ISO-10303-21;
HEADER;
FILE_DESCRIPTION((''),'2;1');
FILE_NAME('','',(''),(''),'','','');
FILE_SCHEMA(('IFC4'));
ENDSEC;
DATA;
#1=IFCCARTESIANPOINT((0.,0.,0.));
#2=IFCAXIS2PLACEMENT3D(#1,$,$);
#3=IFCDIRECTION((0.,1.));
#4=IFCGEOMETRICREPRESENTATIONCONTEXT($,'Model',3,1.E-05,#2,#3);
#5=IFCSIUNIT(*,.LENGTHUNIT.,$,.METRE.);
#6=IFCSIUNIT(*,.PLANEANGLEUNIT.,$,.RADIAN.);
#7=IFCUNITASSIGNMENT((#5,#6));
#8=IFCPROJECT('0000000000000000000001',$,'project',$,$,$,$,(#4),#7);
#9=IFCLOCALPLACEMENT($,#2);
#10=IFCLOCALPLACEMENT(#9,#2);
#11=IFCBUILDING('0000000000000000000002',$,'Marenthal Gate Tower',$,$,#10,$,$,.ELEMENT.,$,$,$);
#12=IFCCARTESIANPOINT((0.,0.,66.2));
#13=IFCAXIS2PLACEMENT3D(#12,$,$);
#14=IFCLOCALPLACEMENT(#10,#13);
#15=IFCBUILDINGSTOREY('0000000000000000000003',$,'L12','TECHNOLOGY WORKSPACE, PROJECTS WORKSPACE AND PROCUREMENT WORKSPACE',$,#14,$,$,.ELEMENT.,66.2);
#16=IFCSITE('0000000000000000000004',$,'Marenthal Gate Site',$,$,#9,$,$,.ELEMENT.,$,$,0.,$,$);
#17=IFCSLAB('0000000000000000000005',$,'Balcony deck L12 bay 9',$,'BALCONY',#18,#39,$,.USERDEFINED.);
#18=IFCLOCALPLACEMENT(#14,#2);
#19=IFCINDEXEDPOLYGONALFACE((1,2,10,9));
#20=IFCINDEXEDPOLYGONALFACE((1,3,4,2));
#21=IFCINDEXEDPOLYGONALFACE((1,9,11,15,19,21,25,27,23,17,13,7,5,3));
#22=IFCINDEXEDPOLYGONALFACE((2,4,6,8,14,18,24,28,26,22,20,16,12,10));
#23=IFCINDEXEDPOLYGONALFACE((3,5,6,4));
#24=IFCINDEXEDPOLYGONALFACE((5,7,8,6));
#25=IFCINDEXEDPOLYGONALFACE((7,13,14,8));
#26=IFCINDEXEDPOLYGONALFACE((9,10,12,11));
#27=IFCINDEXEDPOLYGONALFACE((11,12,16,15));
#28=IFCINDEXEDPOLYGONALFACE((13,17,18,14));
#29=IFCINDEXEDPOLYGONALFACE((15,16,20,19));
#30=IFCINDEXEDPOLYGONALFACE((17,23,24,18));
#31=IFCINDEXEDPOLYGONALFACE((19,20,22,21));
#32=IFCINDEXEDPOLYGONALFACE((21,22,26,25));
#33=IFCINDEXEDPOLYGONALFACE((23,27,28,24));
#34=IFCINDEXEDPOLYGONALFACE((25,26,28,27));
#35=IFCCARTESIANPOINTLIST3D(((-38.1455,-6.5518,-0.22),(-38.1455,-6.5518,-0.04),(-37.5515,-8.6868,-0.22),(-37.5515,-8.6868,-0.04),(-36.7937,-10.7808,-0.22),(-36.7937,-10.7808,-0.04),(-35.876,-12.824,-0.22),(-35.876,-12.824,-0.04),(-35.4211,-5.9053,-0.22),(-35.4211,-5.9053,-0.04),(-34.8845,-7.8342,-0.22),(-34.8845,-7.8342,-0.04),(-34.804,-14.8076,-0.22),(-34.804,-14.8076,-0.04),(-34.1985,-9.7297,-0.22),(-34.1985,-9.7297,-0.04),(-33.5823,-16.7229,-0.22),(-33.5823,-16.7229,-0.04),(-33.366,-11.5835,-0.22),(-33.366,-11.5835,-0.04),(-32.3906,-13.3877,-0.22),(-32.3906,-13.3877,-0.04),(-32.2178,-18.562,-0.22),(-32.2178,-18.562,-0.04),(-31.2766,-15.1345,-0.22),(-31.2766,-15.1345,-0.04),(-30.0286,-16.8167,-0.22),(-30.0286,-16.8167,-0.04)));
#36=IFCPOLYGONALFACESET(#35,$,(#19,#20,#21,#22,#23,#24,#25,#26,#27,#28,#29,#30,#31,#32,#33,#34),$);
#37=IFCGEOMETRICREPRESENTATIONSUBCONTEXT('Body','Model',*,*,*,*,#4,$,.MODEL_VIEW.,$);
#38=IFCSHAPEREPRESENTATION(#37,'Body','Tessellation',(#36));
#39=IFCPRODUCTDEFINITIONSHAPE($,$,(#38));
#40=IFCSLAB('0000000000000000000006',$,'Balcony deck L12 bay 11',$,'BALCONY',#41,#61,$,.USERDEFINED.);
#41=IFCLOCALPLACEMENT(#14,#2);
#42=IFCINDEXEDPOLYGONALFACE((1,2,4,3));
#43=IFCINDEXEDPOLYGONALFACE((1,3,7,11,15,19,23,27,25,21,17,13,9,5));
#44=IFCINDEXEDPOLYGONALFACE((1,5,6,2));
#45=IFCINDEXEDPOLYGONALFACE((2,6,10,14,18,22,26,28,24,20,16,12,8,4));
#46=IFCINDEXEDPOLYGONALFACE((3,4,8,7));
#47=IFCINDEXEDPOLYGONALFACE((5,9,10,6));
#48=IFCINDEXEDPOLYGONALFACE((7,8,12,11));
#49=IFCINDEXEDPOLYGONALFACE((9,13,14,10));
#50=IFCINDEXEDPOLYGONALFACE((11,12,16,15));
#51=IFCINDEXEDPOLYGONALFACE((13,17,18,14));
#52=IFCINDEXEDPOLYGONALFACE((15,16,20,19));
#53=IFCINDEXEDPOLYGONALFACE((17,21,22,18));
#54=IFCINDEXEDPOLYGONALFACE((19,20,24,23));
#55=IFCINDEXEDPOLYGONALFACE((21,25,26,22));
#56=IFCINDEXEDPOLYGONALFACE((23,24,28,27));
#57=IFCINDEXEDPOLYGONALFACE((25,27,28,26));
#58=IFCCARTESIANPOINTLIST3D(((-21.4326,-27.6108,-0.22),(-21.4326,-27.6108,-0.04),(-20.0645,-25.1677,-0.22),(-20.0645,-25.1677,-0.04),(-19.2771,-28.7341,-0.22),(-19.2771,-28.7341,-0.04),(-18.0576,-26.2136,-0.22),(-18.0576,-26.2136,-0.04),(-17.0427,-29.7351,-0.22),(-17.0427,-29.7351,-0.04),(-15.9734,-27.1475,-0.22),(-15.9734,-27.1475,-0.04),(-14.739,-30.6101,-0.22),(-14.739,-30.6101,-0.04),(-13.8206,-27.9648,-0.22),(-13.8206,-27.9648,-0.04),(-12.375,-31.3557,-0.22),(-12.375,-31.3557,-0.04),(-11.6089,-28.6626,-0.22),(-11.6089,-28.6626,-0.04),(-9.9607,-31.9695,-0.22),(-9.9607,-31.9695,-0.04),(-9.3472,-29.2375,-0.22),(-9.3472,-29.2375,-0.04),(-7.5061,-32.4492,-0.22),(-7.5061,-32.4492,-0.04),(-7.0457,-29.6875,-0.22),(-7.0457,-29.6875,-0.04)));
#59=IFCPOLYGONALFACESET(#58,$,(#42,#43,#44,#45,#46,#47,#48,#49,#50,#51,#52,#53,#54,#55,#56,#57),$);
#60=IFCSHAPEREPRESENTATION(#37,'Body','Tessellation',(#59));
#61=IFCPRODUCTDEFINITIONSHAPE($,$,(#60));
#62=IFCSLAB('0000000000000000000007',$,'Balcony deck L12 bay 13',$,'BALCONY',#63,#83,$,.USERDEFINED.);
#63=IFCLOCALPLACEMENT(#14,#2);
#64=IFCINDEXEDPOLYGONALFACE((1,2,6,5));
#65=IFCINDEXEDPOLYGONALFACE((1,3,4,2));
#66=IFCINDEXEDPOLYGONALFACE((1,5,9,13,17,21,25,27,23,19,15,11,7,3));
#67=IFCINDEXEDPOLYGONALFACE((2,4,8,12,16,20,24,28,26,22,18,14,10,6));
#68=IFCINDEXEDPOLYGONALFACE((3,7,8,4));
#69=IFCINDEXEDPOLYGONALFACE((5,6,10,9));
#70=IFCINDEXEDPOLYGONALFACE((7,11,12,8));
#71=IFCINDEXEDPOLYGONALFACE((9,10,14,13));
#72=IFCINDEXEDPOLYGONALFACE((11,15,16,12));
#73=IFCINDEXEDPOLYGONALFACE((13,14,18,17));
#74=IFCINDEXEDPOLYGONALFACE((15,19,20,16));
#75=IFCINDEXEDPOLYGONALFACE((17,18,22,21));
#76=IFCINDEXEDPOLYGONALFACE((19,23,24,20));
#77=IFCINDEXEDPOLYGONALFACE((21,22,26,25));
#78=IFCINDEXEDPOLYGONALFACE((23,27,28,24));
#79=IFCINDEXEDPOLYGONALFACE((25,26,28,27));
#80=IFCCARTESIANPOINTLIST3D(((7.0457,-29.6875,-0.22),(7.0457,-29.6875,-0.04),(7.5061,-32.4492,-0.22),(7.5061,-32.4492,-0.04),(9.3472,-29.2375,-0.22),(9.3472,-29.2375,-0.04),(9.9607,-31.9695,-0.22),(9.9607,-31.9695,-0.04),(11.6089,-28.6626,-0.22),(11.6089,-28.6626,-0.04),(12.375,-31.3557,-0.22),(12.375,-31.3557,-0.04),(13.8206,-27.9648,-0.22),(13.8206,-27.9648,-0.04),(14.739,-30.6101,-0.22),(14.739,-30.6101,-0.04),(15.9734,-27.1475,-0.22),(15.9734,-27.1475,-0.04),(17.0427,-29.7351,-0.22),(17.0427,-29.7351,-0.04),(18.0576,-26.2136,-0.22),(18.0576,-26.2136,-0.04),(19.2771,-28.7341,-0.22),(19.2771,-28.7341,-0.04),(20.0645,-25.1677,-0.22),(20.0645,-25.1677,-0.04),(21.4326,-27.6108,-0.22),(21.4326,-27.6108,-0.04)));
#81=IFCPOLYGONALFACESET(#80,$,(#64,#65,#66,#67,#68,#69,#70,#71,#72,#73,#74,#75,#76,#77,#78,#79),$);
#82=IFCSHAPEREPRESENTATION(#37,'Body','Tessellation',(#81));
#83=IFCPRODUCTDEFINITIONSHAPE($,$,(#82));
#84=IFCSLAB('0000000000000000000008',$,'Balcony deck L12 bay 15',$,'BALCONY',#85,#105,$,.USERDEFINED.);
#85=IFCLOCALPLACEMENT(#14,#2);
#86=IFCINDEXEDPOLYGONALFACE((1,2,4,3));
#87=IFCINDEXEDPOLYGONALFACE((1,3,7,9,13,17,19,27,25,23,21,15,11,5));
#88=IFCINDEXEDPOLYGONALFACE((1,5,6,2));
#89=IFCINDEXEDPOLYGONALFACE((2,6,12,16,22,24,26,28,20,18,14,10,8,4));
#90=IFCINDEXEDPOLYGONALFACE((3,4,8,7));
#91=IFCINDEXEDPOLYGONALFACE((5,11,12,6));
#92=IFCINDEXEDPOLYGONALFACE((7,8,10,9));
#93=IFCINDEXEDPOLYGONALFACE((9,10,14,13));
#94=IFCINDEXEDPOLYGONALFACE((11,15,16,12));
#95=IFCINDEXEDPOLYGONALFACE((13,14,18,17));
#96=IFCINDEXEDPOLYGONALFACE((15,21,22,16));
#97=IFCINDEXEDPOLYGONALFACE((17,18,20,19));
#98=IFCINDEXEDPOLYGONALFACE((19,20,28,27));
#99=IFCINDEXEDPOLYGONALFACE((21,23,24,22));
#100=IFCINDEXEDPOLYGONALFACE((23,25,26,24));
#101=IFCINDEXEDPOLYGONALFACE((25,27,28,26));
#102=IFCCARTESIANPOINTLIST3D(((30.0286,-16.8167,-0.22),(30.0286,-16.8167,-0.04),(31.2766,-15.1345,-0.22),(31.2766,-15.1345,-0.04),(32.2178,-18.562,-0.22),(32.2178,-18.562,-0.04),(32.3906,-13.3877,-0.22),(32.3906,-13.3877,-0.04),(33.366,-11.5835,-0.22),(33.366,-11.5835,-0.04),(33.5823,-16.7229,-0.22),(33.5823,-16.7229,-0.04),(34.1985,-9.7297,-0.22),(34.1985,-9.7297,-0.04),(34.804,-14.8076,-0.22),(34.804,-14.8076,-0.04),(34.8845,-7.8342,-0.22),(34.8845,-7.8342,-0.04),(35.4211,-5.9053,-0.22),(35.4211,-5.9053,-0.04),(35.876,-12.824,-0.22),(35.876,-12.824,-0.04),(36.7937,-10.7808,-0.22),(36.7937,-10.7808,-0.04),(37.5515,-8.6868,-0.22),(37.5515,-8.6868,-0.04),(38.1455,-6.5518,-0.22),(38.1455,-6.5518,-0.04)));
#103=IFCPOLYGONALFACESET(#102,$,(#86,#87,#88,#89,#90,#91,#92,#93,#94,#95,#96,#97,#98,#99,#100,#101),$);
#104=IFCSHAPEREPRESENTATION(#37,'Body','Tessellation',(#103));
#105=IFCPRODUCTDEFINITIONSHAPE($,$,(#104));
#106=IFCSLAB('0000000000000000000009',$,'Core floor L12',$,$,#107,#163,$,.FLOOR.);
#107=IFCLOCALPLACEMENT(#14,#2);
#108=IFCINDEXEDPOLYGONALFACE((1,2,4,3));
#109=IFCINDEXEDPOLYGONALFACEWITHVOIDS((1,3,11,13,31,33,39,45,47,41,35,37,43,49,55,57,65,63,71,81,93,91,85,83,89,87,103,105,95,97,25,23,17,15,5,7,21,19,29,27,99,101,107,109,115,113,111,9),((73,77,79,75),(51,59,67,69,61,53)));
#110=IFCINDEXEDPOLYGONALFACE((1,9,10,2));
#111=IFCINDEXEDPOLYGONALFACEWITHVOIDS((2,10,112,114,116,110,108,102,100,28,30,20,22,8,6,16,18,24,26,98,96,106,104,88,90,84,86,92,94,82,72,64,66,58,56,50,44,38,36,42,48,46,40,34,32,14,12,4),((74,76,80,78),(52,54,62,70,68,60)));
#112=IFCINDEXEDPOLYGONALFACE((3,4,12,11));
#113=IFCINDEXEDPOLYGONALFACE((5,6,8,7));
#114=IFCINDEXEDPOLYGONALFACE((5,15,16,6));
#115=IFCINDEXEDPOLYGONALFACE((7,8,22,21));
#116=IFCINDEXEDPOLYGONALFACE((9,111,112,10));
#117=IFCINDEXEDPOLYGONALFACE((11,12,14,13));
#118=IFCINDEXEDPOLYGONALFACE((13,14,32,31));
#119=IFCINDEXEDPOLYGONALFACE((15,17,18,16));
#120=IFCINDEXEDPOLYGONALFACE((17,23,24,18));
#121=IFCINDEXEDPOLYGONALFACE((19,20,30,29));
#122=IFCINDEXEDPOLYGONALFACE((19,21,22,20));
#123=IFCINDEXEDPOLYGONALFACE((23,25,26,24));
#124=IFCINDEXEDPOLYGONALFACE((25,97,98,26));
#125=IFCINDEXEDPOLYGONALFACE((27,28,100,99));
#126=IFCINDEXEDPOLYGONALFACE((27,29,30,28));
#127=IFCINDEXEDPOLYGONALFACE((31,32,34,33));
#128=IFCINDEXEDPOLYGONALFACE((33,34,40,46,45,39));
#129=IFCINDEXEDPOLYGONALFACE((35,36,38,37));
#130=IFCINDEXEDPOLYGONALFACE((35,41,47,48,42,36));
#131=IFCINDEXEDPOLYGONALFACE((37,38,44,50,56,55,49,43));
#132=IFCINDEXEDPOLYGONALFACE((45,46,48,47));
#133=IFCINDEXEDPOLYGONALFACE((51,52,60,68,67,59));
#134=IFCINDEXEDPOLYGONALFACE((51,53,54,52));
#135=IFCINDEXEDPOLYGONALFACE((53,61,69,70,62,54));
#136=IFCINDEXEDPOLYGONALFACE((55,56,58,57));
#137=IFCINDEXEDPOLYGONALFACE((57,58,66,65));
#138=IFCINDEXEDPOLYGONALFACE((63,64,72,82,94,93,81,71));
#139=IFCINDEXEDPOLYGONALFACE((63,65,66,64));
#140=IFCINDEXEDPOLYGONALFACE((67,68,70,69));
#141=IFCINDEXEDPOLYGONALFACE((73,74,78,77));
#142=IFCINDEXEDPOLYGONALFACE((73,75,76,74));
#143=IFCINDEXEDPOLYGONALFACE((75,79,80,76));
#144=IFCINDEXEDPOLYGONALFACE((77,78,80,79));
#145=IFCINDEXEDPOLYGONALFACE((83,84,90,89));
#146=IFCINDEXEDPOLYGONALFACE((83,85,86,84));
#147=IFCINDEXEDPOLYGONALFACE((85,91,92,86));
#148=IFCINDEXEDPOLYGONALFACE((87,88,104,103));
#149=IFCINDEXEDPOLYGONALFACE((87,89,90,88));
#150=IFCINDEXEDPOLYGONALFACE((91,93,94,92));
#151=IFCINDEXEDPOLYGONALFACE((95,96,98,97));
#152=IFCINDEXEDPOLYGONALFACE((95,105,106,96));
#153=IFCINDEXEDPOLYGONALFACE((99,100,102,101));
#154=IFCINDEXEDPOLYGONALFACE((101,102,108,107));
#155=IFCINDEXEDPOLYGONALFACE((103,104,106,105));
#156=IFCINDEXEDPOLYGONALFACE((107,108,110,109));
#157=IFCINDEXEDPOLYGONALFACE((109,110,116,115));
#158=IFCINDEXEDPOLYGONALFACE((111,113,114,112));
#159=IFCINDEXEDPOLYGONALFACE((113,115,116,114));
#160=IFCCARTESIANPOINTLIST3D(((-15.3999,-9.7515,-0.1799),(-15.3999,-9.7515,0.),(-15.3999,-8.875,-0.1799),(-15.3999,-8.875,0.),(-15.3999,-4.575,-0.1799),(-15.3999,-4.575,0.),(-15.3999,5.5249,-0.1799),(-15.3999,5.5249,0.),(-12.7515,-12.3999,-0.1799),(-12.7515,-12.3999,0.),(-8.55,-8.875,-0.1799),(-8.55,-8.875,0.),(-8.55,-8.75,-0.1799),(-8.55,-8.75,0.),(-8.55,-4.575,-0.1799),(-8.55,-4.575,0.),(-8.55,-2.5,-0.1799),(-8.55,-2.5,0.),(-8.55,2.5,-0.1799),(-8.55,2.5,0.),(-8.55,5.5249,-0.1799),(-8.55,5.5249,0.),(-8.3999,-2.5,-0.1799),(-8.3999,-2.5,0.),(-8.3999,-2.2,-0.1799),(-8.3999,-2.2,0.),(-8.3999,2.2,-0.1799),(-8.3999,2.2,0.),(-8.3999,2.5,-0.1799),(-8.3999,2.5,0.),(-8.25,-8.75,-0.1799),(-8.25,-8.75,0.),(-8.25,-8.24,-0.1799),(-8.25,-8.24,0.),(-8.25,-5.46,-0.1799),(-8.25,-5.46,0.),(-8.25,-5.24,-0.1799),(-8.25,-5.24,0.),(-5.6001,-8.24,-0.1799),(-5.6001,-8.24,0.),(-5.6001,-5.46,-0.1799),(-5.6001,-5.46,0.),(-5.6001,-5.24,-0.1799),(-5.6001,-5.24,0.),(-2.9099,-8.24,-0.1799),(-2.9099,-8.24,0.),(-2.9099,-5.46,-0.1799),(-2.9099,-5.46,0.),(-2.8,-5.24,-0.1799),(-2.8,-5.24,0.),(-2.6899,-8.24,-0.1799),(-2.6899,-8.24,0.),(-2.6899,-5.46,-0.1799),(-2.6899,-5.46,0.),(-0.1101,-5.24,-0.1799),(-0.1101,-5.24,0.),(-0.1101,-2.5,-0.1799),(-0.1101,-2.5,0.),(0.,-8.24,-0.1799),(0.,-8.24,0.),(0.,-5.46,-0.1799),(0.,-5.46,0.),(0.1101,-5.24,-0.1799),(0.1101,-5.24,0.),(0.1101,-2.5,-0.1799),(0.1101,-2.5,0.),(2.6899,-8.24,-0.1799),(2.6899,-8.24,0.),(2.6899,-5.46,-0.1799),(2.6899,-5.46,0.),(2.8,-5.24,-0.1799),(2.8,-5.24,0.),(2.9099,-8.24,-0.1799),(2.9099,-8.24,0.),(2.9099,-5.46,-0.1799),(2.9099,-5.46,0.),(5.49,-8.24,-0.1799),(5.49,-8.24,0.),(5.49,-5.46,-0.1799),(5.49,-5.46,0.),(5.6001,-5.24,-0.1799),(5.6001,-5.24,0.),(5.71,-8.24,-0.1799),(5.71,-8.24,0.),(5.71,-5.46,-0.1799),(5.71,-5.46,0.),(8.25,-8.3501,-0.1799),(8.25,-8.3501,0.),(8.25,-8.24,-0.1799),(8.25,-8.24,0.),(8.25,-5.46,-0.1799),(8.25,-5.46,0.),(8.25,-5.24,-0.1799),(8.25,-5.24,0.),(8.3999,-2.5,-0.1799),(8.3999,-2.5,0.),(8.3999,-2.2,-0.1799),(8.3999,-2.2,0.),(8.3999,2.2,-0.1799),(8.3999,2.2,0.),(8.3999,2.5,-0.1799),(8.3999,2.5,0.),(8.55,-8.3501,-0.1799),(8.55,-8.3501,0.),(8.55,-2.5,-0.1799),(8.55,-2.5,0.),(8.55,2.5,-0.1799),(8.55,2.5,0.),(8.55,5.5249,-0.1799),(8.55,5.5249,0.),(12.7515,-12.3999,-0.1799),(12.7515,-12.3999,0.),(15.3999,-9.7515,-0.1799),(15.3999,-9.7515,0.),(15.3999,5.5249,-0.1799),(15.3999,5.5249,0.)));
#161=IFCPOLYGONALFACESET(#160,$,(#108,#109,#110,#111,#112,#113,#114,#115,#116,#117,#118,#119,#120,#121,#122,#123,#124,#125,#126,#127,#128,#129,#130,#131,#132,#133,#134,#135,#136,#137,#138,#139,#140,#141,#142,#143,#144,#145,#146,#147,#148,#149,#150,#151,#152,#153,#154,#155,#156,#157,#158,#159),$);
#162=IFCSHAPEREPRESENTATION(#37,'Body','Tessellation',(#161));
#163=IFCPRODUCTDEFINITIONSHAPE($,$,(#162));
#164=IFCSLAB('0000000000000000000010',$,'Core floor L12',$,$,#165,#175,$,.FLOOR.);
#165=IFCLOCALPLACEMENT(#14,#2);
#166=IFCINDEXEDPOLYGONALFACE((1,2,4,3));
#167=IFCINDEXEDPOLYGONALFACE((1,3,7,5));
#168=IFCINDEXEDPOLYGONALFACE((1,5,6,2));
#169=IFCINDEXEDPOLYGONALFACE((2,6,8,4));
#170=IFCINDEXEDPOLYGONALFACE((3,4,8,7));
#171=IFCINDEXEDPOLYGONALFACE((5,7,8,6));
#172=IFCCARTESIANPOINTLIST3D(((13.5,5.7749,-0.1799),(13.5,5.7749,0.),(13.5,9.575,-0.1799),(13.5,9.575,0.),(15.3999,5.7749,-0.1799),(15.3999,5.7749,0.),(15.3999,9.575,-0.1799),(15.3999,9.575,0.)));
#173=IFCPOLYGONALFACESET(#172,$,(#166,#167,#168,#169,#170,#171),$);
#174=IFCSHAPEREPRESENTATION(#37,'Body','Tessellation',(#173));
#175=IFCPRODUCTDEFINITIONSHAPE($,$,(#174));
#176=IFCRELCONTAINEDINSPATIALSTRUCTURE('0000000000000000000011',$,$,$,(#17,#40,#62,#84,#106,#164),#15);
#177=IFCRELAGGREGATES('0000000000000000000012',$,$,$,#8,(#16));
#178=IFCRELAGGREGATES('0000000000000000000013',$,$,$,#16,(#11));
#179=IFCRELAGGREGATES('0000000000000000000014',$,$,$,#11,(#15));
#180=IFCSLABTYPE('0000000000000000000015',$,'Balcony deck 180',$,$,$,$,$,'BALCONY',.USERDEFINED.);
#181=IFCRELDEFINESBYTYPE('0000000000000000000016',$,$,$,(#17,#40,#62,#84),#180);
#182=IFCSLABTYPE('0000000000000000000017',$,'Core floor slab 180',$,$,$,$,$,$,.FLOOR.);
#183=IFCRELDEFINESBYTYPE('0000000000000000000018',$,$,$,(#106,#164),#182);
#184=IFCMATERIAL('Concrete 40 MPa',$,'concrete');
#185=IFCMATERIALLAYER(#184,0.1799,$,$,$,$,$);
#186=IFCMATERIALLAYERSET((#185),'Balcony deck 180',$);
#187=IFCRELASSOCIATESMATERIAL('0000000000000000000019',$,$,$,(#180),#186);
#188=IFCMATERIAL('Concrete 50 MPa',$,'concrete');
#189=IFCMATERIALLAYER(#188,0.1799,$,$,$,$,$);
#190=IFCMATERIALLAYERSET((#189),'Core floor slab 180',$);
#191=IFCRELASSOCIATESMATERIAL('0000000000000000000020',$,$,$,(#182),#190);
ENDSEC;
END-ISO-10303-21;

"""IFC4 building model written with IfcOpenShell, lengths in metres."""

from ifc_helpers import new_model, si_unit, direction, frame, origin, place, context, subcontext, project, spatial, polyline, outline, extrude, material, layer, layer_set, type_object, element, save


model = new_model("IFC4")

# Units and contexts
model_context = context("Model", 3, precision=1e-05, world=origin(), true_north=direction((0.0, 1.0)))
body_context = subcontext(model_context, "Body", "Model", "MODEL_VIEW")
ifc_project = project(units=[si_unit("LENGTHUNIT", "METRE"), si_unit("PLANEANGLEUNIT", "RADIAN")], contexts=[model_context])

# Site, building, storey
site_placement = place(None, origin())
site = spatial("IfcSite", under=ifc_project, at=site_placement, Name="Marenthal Gate Site", CompositionType="ELEMENT", RefElevation=0.0)
building_placement = place(site_placement, origin())
building = spatial("IfcBuilding", under=site, at=building_placement, Name="Marenthal Gate Tower", CompositionType="ELEMENT")
storey_placement = place(building_placement, frame((0.0, 0.0, 66.2)))
storey = spatial("IfcBuildingStorey", under=building, at=storey_placement, Name="L12", Description="TECHNOLOGY WORKSPACE, PROJECTS WORKSPACE AND PROCUREMENT WORKSPACE", CompositionType="ELEMENT", Elevation=66.2)

# Slabs
ifc_material_1 = material(Name="Concrete 40 MPa", Category="concrete")
ifc_layer_1 = layer(ifc_material_1, 0.1799)
ifc_layer_set_1 = layer_set([ifc_layer_1], Name="Balcony deck 180")
slab_type_1 = type_object("IfcSlabType", Name="Balcony deck 180", ElementType="BALCONY", PredefinedType="USERDEFINED", material=ifc_layer_set_1)
slab_1_placement = place(storey_placement, frame((0.0, 0.0, -0.22)))
element("IfcSlab", 1, at=slab_1_placement, inside=storey, type_object=slab_type_1, Name="Balcony deck L12 bay 9", ObjectType="BALCONY", PredefinedType="USERDEFINED", context=body_context, shape_type="SweptSolid", body=[
    extrude(outline(polyline([(-35.4211, -5.9053), (-34.8845, -7.8342), (-34.1985, -9.7297), (-33.366, -11.5835), (-32.3906, -13.3877), (-31.2766, -15.1345), (-30.0286, -16.8167), (-32.2178, -18.562), (-33.5823, -16.7229), (-34.804, -14.8076), (-35.876, -12.824), (-36.7937, -10.7808), (-37.5515, -8.6868), (-38.1455, -6.5518), (-35.4211, -5.9053)])), origin(), (0.0, 0.0, 1.0), 0.1799),
])
slab_2_placement = place(storey_placement, frame((0.0, 0.0, -0.22)))
element("IfcSlab", 2, at=slab_2_placement, inside=storey, type_object=slab_type_1, Name="Balcony deck L12 bay 11", ObjectType="BALCONY", PredefinedType="USERDEFINED", context=body_context, shape_type="SweptSolid", body=[
    extrude(outline(polyline([(-20.0645, -25.1677), (-18.0576, -26.2136), (-15.9734, -27.1475), (-13.8206, -27.9648), (-11.6089, -28.6626), (-9.3472, -29.2375), (-7.0457, -29.6875), (-7.5061, -32.4492), (-9.9607, -31.9695), (-12.375, -31.3557), (-14.739, -30.6101), (-17.0427, -29.7351), (-19.2771, -28.7341), (-21.4326, -27.6108), (-20.0645, -25.1677)])), origin(), (0.0, 0.0, 1.0), 0.1799),
])
slab_3_placement = place(storey_placement, frame((0.0, 0.0, -0.22)))
element("IfcSlab", 3, at=slab_3_placement, inside=storey, type_object=slab_type_1, Name="Balcony deck L12 bay 13", ObjectType="BALCONY", PredefinedType="USERDEFINED", context=body_context, shape_type="SweptSolid", body=[
    extrude(outline(polyline([(7.0457, -29.6875), (9.3472, -29.2375), (11.6089, -28.6626), (13.8206, -27.9648), (15.9734, -27.1475), (18.0576, -26.2136), (20.0645, -25.1677), (21.4326, -27.6108), (19.2771, -28.7341), (17.0427, -29.7351), (14.739, -30.6101), (12.375, -31.3557), (9.9607, -31.9695), (7.5061, -32.4492), (7.0457, -29.6875)])), origin(), (0.0, 0.0, 1.0), 0.1799),
])
slab_4_placement = place(storey_placement, frame((0.0, 0.0, -0.22)))
element("IfcSlab", 4, at=slab_4_placement, inside=storey, type_object=slab_type_1, Name="Balcony deck L12 bay 15", ObjectType="BALCONY", PredefinedType="USERDEFINED", context=body_context, shape_type="SweptSolid", body=[
    extrude(outline(polyline([(30.0286, -16.8167), (31.2766, -15.1345), (32.3906, -13.3877), (33.366, -11.5835), (34.1985, -9.7297), (34.8845, -7.8342), (35.4211, -5.9053), (38.1455, -6.5518), (37.5515, -8.6868), (36.7937, -10.7808), (35.876, -12.824), (34.804, -14.8076), (33.5823, -16.7229), (32.2178, -18.562), (30.0286, -16.8167)])), origin(), (0.0, 0.0, 1.0), 0.1799),
])
ifc_material_2 = material(Name="Concrete 50 MPa", Category="concrete")
ifc_layer_2 = layer(ifc_material_2, 0.1799)
ifc_layer_set_2 = layer_set([ifc_layer_2], Name="Core floor slab 180")
slab_type_2 = type_object("IfcSlabType", Name="Core floor slab 180", PredefinedType="FLOOR", material=ifc_layer_set_2)
slab_5_placement = place(storey_placement, frame((0.0, 0.0, -0.1799)))
element("IfcSlab", 5, at=slab_5_placement, inside=storey, type_object=slab_type_2, Name="Core floor L12", PredefinedType="FLOOR", context=body_context, shape_type="SweptSolid", body=[
    extrude(outline(polyline([(15.3999, -9.7515), (12.7515, -12.3999), (-12.7515, -12.3999), (-15.3999, -9.7515), (-15.3999, -8.875), (-8.55, -8.875), (-8.55, -8.75), (-8.25, -8.75), (-8.25, -8.24), (-5.6001, -8.24), (-2.9099, -8.24), (-2.9099, -5.46), (-5.6001, -5.46), (-8.25, -5.46), (-8.25, -5.24), (-5.6001, -5.24), (-2.8, -5.24), (-0.1101, -5.24), (-0.1101, -2.5), (0.1101, -2.5), (0.1101, -5.24), (2.8, -5.24), (5.6001, -5.24), (8.25, -5.24), (8.25, -5.46), (5.71, -5.46), (5.71, -8.24), (8.25, -8.24), (8.25, -8.3501), (8.55, -8.3501), (8.55, -2.5), (8.3999, -2.5), (8.3999, -2.2), (-8.3999, -2.2), (-8.3999, -2.5), (-8.55, -2.5), (-8.55, -4.575), (-15.3999, -4.575), (-15.3999, 5.5249), (-8.55, 5.5249), (-8.55, 2.5), (-8.3999, 2.5), (-8.3999, 2.2), (8.3999, 2.2), (8.3999, 2.5), (8.55, 2.5), (8.55, 5.5249), (15.3999, 5.5249), (15.3999, -9.7515)]), holes=[polyline([(2.6899, -5.46), (0.0, -5.46), (-2.6899, -5.46), (-2.6899, -8.24), (0.0, -8.24), (2.6899, -8.24), (2.6899, -5.46)]), polyline([(5.49, -5.46), (2.9099, -5.46), (2.9099, -8.24), (5.49, -8.24), (5.49, -5.46)])]), origin(), (0.0, 0.0, 1.0), 0.1799),
])
slab_6_placement = place(storey_placement, frame((0.0, 0.0, -0.1799)))
element("IfcSlab", 6, at=slab_6_placement, inside=storey, type_object=slab_type_2, Name="Core floor L12", PredefinedType="FLOOR", context=body_context, shape_type="SweptSolid", body=[
    extrude(outline(polyline([(15.3999, 5.7749), (13.5, 5.7749), (13.5, 9.575), (15.3999, 9.575), (15.3999, 5.7749)])), origin(), (0.0, 0.0, 1.0), 0.1799),
])

save(model, "model.ifc")
